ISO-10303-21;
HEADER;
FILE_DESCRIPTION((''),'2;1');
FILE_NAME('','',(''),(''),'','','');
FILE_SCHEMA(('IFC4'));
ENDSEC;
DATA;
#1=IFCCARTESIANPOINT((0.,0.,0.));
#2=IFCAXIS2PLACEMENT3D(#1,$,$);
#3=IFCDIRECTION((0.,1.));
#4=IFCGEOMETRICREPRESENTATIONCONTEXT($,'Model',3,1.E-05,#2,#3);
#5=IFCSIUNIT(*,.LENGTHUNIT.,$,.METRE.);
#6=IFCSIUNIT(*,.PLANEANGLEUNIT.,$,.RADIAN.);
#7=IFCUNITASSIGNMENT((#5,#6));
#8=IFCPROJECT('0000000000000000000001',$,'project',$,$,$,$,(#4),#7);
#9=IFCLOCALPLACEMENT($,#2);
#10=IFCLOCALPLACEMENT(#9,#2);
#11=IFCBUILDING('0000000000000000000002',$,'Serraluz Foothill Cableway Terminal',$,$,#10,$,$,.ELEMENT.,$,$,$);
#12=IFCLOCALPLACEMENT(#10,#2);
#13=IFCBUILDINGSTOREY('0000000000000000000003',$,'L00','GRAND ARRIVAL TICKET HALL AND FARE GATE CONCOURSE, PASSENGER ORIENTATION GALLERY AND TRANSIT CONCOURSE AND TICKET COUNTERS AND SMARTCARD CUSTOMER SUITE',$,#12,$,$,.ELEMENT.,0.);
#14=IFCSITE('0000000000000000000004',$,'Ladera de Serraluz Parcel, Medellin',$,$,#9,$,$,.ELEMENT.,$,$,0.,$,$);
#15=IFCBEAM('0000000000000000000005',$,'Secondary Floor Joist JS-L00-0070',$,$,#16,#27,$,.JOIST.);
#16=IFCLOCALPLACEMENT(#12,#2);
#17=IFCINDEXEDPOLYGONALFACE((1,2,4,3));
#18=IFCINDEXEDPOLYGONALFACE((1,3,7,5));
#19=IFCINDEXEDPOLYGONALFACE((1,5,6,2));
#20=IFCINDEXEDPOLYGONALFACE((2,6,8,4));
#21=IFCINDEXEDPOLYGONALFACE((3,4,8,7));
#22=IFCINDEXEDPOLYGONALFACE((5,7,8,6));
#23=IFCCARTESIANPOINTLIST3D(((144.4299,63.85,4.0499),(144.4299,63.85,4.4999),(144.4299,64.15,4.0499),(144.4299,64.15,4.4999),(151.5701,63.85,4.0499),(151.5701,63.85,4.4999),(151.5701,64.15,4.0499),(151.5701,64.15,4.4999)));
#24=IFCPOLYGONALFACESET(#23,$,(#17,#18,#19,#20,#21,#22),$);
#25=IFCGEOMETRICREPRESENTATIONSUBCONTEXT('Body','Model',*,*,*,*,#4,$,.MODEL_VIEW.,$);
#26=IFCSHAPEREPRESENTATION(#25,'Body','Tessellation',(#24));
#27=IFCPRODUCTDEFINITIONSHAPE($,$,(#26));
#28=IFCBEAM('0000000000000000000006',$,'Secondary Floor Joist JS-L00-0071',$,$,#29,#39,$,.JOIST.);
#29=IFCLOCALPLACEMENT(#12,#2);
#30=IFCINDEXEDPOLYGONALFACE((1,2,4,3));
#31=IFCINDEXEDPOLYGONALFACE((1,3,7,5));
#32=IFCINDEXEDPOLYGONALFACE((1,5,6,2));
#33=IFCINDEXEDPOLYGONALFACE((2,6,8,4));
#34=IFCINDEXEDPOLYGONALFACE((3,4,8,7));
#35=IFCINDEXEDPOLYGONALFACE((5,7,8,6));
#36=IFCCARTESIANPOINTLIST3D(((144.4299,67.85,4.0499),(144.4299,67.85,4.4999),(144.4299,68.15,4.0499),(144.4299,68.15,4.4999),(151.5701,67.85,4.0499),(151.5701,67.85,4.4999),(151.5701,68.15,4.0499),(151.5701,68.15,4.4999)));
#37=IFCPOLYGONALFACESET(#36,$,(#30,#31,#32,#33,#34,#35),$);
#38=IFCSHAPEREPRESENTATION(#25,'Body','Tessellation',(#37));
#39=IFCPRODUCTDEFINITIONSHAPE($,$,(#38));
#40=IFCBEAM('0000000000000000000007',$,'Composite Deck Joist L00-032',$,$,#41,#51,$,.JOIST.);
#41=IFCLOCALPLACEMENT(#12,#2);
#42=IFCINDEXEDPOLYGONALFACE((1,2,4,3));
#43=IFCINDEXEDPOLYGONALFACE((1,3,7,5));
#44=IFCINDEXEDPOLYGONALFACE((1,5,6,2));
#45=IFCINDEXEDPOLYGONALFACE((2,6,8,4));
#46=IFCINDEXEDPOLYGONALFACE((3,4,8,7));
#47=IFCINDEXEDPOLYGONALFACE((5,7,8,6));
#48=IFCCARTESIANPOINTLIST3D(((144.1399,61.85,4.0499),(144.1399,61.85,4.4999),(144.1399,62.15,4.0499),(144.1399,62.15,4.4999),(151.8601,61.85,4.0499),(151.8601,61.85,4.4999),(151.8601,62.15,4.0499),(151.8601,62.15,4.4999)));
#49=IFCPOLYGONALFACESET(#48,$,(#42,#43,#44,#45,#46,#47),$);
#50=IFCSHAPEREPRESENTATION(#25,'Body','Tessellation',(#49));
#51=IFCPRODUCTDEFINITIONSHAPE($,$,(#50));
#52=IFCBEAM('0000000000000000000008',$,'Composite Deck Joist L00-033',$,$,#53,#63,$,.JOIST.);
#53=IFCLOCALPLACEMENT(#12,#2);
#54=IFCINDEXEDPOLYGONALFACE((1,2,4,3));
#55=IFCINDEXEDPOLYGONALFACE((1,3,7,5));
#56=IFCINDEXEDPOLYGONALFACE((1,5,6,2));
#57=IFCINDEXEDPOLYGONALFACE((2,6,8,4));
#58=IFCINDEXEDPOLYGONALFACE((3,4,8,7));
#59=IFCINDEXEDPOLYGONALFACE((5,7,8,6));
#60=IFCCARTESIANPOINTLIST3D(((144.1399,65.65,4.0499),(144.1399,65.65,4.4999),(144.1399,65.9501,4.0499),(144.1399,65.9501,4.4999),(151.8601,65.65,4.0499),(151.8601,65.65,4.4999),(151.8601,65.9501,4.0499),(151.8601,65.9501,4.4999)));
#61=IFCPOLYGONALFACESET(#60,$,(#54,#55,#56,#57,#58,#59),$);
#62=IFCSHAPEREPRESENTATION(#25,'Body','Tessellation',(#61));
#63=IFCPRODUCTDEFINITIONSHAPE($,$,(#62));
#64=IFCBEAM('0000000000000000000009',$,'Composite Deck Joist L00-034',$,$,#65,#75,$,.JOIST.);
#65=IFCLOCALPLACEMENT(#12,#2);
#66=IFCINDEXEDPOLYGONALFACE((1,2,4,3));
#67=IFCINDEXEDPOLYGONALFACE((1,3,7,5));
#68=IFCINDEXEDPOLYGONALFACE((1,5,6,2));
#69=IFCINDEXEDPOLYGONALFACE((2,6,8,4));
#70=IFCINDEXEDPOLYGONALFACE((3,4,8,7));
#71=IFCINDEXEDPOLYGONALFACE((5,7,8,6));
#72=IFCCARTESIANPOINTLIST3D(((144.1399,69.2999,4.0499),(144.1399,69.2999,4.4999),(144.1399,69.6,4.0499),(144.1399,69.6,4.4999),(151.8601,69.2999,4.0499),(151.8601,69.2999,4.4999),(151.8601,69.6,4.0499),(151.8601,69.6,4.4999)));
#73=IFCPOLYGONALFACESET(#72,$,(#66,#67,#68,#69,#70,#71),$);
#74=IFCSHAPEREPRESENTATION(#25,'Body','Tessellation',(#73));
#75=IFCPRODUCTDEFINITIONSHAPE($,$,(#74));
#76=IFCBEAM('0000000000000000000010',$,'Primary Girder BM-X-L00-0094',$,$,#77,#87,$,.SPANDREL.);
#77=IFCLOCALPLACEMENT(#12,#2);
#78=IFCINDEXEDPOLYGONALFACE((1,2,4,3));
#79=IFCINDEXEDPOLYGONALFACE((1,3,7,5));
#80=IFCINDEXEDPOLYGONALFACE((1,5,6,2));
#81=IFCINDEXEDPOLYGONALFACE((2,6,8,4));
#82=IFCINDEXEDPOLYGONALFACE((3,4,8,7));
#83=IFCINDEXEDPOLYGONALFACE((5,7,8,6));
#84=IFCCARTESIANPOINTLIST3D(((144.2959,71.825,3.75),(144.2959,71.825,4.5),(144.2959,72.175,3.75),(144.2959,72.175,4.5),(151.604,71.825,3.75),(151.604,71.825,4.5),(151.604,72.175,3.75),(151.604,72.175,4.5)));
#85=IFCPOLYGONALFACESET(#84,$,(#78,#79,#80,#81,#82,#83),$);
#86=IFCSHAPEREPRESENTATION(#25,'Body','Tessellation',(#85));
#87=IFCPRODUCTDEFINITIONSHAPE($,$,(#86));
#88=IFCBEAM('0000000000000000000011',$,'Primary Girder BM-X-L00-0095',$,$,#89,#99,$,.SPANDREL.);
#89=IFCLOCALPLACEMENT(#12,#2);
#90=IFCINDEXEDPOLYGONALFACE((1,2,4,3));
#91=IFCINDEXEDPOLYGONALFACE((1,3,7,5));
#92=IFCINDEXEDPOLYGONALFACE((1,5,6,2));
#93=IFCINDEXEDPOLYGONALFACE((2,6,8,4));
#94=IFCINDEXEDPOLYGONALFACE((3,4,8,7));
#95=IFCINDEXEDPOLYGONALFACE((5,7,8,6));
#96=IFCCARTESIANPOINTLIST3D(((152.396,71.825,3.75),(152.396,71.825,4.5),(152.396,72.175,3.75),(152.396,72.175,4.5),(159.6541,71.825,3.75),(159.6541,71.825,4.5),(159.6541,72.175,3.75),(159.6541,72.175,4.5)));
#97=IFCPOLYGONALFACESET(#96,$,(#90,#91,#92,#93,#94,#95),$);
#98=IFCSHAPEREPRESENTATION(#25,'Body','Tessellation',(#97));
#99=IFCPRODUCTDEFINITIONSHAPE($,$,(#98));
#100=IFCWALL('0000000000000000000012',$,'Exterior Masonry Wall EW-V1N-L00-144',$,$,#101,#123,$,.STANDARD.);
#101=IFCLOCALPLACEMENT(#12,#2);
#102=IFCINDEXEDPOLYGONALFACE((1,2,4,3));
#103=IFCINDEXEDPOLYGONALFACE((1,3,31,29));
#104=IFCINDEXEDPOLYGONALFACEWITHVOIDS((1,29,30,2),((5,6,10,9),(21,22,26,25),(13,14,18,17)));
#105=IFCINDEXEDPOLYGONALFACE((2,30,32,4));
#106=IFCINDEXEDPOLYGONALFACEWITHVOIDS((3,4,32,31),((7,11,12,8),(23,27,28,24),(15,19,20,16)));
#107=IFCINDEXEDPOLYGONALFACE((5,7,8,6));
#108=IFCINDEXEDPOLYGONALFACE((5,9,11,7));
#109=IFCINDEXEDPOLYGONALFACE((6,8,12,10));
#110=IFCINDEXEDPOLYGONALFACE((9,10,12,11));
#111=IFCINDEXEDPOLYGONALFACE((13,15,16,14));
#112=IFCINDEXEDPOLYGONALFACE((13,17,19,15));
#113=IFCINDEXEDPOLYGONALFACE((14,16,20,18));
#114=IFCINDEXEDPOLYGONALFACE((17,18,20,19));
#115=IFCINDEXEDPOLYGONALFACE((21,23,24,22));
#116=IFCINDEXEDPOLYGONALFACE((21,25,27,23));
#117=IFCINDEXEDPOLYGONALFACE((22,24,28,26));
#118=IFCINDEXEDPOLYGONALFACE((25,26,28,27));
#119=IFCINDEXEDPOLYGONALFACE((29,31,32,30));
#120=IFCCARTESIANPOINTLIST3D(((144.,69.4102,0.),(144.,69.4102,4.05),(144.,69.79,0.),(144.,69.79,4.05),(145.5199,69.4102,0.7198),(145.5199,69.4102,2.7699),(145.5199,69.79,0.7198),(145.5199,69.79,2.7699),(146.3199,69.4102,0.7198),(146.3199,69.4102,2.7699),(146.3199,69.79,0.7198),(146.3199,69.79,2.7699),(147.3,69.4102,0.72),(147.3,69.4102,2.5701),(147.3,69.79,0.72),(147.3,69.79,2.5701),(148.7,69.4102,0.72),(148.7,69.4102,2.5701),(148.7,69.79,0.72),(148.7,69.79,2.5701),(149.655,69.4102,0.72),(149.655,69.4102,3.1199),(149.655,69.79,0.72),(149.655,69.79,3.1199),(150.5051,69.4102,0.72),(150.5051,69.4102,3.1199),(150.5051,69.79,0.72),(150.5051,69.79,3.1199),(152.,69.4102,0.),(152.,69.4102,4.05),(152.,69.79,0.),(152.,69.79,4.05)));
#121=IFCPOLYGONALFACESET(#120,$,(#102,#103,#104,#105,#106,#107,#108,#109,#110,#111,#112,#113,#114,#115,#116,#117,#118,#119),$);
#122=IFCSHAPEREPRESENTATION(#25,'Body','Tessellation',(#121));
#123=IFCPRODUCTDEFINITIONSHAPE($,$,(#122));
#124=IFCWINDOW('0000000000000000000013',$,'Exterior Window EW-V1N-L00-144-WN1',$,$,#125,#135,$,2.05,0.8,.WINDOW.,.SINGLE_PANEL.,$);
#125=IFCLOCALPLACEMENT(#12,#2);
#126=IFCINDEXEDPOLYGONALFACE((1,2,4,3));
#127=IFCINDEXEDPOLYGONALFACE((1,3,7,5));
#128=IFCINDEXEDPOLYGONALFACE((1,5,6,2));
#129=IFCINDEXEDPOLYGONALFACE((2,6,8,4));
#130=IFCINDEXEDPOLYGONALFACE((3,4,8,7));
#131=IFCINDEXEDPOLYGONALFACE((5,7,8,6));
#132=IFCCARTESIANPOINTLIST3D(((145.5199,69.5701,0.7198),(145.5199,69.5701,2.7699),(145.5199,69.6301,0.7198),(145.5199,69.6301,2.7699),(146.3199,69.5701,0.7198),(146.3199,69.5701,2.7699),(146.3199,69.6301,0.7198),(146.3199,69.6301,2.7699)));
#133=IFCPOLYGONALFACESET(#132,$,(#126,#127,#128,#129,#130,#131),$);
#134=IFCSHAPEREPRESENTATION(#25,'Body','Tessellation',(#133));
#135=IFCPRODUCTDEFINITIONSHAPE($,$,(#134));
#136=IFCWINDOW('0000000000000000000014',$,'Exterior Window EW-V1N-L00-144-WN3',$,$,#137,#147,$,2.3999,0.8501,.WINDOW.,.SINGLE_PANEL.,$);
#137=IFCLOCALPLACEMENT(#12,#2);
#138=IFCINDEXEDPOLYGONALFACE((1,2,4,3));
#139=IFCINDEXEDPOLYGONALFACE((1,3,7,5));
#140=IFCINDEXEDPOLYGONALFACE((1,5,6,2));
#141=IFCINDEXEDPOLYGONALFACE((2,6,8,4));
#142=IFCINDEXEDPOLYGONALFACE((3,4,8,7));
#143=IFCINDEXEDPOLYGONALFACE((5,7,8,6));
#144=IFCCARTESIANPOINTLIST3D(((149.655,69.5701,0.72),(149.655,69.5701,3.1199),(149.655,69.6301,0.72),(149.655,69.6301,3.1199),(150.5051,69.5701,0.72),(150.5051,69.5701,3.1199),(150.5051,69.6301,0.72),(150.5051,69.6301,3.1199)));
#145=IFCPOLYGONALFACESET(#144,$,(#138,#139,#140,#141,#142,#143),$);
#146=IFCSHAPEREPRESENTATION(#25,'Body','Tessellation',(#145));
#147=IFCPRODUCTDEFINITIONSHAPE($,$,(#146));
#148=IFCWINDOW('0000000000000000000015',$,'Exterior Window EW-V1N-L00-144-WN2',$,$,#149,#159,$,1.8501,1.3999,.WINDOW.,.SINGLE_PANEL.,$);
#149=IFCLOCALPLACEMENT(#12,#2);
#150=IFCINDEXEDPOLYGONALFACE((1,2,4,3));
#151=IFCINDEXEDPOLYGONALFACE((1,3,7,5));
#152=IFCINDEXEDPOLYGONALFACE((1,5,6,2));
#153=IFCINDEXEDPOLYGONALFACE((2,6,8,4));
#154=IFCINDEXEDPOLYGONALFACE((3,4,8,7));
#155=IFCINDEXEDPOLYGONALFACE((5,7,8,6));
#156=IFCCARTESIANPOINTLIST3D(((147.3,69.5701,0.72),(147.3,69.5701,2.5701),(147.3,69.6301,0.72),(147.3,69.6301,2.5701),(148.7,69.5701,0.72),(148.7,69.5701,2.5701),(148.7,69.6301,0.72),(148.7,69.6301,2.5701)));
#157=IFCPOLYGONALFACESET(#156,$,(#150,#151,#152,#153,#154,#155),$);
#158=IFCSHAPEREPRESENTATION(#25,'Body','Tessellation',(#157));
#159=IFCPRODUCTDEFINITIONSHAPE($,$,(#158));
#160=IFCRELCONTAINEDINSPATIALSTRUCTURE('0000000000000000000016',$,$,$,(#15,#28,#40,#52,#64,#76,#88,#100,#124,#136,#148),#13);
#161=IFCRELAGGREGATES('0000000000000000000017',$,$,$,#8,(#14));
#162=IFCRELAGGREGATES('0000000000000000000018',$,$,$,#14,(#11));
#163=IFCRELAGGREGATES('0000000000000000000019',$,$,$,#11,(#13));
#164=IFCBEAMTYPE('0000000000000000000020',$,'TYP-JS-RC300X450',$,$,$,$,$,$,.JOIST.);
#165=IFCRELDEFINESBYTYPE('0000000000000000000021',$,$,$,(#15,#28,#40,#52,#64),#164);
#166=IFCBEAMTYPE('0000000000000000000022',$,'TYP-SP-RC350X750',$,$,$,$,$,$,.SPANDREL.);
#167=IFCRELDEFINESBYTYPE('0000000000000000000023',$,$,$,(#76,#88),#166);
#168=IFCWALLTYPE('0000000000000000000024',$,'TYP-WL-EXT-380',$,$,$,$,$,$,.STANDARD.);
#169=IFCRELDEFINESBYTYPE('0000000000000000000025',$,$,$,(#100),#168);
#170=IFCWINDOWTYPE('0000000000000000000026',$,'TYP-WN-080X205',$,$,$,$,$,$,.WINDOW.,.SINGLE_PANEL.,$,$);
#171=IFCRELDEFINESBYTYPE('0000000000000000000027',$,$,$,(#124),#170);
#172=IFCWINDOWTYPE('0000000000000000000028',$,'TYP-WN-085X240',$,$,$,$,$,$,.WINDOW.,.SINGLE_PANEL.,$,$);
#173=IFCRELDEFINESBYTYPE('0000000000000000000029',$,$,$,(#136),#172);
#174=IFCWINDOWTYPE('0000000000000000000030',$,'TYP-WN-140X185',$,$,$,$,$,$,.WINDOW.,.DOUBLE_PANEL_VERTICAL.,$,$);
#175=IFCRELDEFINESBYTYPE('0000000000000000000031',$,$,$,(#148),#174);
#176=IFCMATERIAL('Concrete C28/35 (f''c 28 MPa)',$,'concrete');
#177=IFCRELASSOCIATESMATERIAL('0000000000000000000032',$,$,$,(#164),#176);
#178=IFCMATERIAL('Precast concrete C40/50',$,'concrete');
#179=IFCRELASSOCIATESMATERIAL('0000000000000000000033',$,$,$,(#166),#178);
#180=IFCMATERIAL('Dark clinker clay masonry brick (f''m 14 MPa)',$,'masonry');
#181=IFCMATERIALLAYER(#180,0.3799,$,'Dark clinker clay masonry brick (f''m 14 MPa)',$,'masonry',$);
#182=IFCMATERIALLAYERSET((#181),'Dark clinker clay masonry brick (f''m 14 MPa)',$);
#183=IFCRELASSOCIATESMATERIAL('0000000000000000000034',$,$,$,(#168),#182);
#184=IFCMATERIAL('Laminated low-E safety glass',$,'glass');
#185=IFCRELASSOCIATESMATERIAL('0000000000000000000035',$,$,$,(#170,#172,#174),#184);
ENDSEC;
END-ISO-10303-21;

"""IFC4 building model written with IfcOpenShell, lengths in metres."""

from ifc_helpers import new_model, si_unit, direction, frame, frame_2d, origin, origin_2d, place, context, subcontext, project, spatial, rectangle, extrude, material, layer, layer_set, material_profile, profile_set, type_object, element, fill, save


model = new_model("IFC4")

# Units and contexts
model_context = context("Model", 3, precision=1e-05, world=origin(), true_north=direction((0.0, 1.0)))
body_context = subcontext(model_context, "Body", "Model", "MODEL_VIEW")
ifc_project = project(units=[si_unit("LENGTHUNIT", "METRE"), si_unit("PLANEANGLEUNIT", "RADIAN")], contexts=[model_context])

# Site, building, storey
site_placement = place(None, origin())
site = spatial("IfcSite", under=ifc_project, at=site_placement, Name="Ladera de Serraluz Parcel, Medellin", CompositionType="ELEMENT", RefElevation=0.0)
building_placement = place(site_placement, origin())
building = spatial("IfcBuilding", under=site, at=building_placement, Name="Serraluz Foothill Cableway Terminal", CompositionType="ELEMENT")
storey_placement = place(building_placement, origin())
storey = spatial("IfcBuildingStorey", under=building, at=storey_placement, Name="L00", Description="GRAND ARRIVAL TICKET HALL AND FARE GATE CONCOURSE, PASSENGER ORIENTATION GALLERY AND TRANSIT CONCOURSE AND TICKET COUNTERS AND SMARTCARD CUSTOMER SUITE", CompositionType="ELEMENT", Elevation=0.0)

# Shared definitions
ifc_material_1 = material(Name="Concrete C28/35 (f'c 28 MPa)", Category="concrete")

# Beams
ifc_material_profile_1 = material_profile(ifc_material_1, rectangle(XDim=0.3, YDim=0.45, at=origin_2d()), Name="RC 300x450")
ifc_profile_set_1 = profile_set([ifc_material_profile_1], Name="Concrete C28/35 (f'c 28 MPa)")
beam_type_1 = type_object("IfcBeamType", Name="TYP-JS-RC300X450", PredefinedType="JOIST", material=ifc_profile_set_1)
for number, where, z_axis, x_axis, name in (
    (1, (144.4299, 64.0, 4.2749), (1.0, 0.0, 0.0), (0.0, 1.0, 0.0), "Secondary Floor Joist JS-L00-0070"),
    (2, (144.4299, 68.0, 4.2749), (1.0, 0.0, 0.0), (0.0, 1.0, 0.0), "Secondary Floor Joist JS-L00-0071"),
):
    element("IfcBeam", number, at=place(storey_placement, frame(where, z_axis=z_axis, x_axis=x_axis)), inside=storey, type_object=beam_type_1, Name=name, PredefinedType="JOIST", context=body_context, shape_type="SweptSolid", body=[
        extrude(rectangle(XDim=0.3, YDim=0.45, at=origin_2d()), origin(), (0.0, 0.0, 1.0), 7.1401),
    ])
for number, where, z_axis, x_axis, name in (
    (3, (144.1399, 62.0, 4.2749), (1.0, 0.0, 0.0), (0.0, 1.0, 0.0), "Composite Deck Joist L00-032"),
    (4, (144.1399, 65.8, 4.2749), (1.0, 0.0, 0.0), (0.0, 1.0, 0.0), "Composite Deck Joist L00-033"),
    (5, (144.1399, 69.45, 4.2749), (1.0, 0.0, 0.0), (0.0, 1.0, 0.0), "Composite Deck Joist L00-034"),
):
    element("IfcBeam", number, at=place(storey_placement, frame(where, z_axis=z_axis, x_axis=x_axis)), inside=storey, type_object=beam_type_1, Name=name, PredefinedType="JOIST", context=body_context, shape_type="SweptSolid", body=[
        extrude(rectangle(XDim=0.3, YDim=0.45, at=origin_2d()), origin(), (0.0, 0.0, 1.0), 7.7202),
    ])
ifc_material_2 = material(Name="Precast concrete C40/50", Category="concrete")
ifc_material_profile_2 = material_profile(ifc_material_2, rectangle(XDim=0.3501, YDim=0.75, at=origin_2d()), Name="RC SP 350x750")
ifc_profile_set_2 = profile_set([ifc_material_profile_2], Name="Precast concrete C40/50")
beam_type_2 = type_object("IfcBeamType", Name="TYP-SP-RC350X750", PredefinedType="SPANDREL", material=ifc_profile_set_2)
beam_1_placement = place(storey_placement, frame((144.2959, 72.0, 4.125), z_axis=(1.0, 0.0, 0.0), x_axis=(0.0, 1.0, 0.0)))
element("IfcBeam", 6, at=beam_1_placement, inside=storey, type_object=beam_type_2, Name="Primary Girder BM-X-L00-0094", PredefinedType="SPANDREL", context=body_context, shape_type="SweptSolid", body=[
    extrude(rectangle(XDim=0.3501, YDim=0.75, at=origin_2d()), origin(), (0.0, 0.0, 1.0), 7.3081),
])
beam_2_placement = place(storey_placement, frame((152.396, 72.0, 4.125), z_axis=(1.0, 0.0, 0.0), x_axis=(0.0, 1.0, 0.0)))
element("IfcBeam", 7, at=beam_2_placement, inside=storey, type_object=beam_type_2, Name="Primary Girder BM-X-L00-0095", PredefinedType="SPANDREL", context=body_context, shape_type="SweptSolid", body=[
    extrude(rectangle(XDim=0.3501, YDim=0.75, at=origin_2d()), origin(), (0.0, 0.0, 1.0), 7.2581),
])

# Wall, openings, windows
ifc_material_3 = material(Name="Dark clinker clay masonry brick (f'm 14 MPa)", Category="masonry")
ifc_layer = layer(ifc_material_3, 0.3799, Name="Dark clinker clay masonry brick (f'm 14 MPa)", Category="masonry")
ifc_layer_set = layer_set([ifc_layer], Name="Dark clinker clay masonry brick (f'm 14 MPa)")
wall_type = type_object("IfcWallType", Name="TYP-WL-EXT-380", PredefinedType="STANDARD", material=ifc_layer_set)
wall_1_placement = place(storey_placement, frame((144.0, 69.6001, 0.0), z_axis=(0.0, 0.0, 1.0), x_axis=(1.0, 0.0, 0.0)))
wall_1 = element("IfcWall", 8, at=wall_1_placement, inside=storey, type_object=wall_type, Name="Exterior Masonry Wall EW-V1N-L00-144", PredefinedType="STANDARD", context=body_context, shape_type="SweptSolid", body=[
    extrude(rectangle(XDim=8.0, YDim=0.3799, at=frame_2d((4.0, 0.0))), origin(), (0.0, 0.0, 1.0), 4.05),
])
opening_1_placement = place(wall_1_placement, frame((1.52, 0.0, 0.72)))
opening_1 = element("IfcOpeningElement", 9, at=opening_1_placement, cuts=wall_1, PredefinedType="OPENING", context=body_context, shape_type="SweptSolid", body=[
    extrude(rectangle(XDim=0.8, YDim=2.05, at=frame_2d((0.3999, 1.0249))), frame((0.0, 0.2, 0.0), z_axis=(0.0, -1.0, 0.0), x_axis=(1.0, 0.0, 0.0)), (0.0, 0.0, 1.0), 0.3999),
])
opening_2_placement = place(wall_1_placement, frame((3.3, 0.0, 0.72)))
opening_2 = element("IfcOpeningElement", 10, at=opening_2_placement, cuts=wall_1, PredefinedType="OPENING", context=body_context, shape_type="SweptSolid", body=[
    extrude(rectangle(XDim=1.3999, YDim=1.8501, at=frame_2d((0.7, 0.925))), frame((0.0, 0.2, 0.0), z_axis=(0.0, -1.0, 0.0), x_axis=(1.0, 0.0, 0.0)), (0.0, 0.0, 1.0), 0.3999),
])
opening_3_placement = place(wall_1_placement, frame((5.655, 0.0, 0.72)))
opening_3 = element("IfcOpeningElement", 11, at=opening_3_placement, cuts=wall_1, PredefinedType="OPENING", context=body_context, shape_type="SweptSolid", body=[
    extrude(rectangle(XDim=0.8501, YDim=2.3999, at=frame_2d((0.425, 1.2))), frame((0.0, 0.2, 0.0), z_axis=(0.0, -1.0, 0.0), x_axis=(1.0, 0.0, 0.0)), (0.0, 0.0, 1.0), 0.3999),
])
ifc_material_4 = material(Name="Laminated low-E safety glass", Category="glass")
window_type_1 = type_object("IfcWindowType", Name="TYP-WN-080X205", PartitioningType="SINGLE_PANEL", PredefinedType="WINDOW", material=ifc_material_4)
window_1_placement = place(opening_1_placement, origin())
window_1 = element("IfcWindow", 12, at=window_1_placement, inside=storey, type_object=window_type_1, Name="Exterior Window EW-V1N-L00-144-WN1", OverallHeight=2.05, OverallWidth=0.8, PartitioningType="SINGLE_PANEL", PredefinedType="WINDOW", context=body_context, shape_type="SweptSolid", body=[
    extrude(rectangle(XDim=0.8, YDim=2.05, at=frame_2d((0.3999, 1.0249))), frame((0.0, 0.03, 0.0), z_axis=(0.0, -1.0, 0.0), x_axis=(1.0, 0.0, 0.0)), (0.0, 0.0, 1.0), 0.0601),
])
fill(opening_1, window_1)
window_type_2 = type_object("IfcWindowType", Name="TYP-WN-085X240", PartitioningType="SINGLE_PANEL", PredefinedType="WINDOW", material=ifc_material_4)
window_2_placement = place(opening_3_placement, origin())
window_2 = element("IfcWindow", 13, at=window_2_placement, inside=storey, type_object=window_type_2, Name="Exterior Window EW-V1N-L00-144-WN3", OverallHeight=2.3999, OverallWidth=0.8501, PartitioningType="SINGLE_PANEL", PredefinedType="WINDOW", context=body_context, shape_type="SweptSolid", body=[
    extrude(rectangle(XDim=0.8501, YDim=2.3999, at=frame_2d((0.425, 1.2))), frame((0.0, 0.03, 0.0), z_axis=(0.0, -1.0, 0.0), x_axis=(1.0, 0.0, 0.0)), (0.0, 0.0, 1.0), 0.0601),
])
fill(opening_3, window_2)
window_type_3 = type_object("IfcWindowType", Name="TYP-WN-140X185", PartitioningType="DOUBLE_PANEL_VERTICAL", PredefinedType="WINDOW", material=ifc_material_4)
window_3_placement = place(opening_2_placement, origin())
window_3 = element("IfcWindow", 14, at=window_3_placement, inside=storey, type_object=window_type_3, Name="Exterior Window EW-V1N-L00-144-WN2", OverallHeight=1.8501, OverallWidth=1.3999, PartitioningType="SINGLE_PANEL", PredefinedType="WINDOW", context=body_context, shape_type="SweptSolid", body=[
    extrude(rectangle(XDim=1.3999, YDim=1.8501, at=frame_2d((0.7, 0.925))), frame((0.0, 0.03, 0.0), z_axis=(0.0, -1.0, 0.0), x_axis=(1.0, 0.0, 0.0)), (0.0, 0.0, 1.0), 0.0601),
])
fill(opening_2, window_3)

save(model, "model.ifc")
